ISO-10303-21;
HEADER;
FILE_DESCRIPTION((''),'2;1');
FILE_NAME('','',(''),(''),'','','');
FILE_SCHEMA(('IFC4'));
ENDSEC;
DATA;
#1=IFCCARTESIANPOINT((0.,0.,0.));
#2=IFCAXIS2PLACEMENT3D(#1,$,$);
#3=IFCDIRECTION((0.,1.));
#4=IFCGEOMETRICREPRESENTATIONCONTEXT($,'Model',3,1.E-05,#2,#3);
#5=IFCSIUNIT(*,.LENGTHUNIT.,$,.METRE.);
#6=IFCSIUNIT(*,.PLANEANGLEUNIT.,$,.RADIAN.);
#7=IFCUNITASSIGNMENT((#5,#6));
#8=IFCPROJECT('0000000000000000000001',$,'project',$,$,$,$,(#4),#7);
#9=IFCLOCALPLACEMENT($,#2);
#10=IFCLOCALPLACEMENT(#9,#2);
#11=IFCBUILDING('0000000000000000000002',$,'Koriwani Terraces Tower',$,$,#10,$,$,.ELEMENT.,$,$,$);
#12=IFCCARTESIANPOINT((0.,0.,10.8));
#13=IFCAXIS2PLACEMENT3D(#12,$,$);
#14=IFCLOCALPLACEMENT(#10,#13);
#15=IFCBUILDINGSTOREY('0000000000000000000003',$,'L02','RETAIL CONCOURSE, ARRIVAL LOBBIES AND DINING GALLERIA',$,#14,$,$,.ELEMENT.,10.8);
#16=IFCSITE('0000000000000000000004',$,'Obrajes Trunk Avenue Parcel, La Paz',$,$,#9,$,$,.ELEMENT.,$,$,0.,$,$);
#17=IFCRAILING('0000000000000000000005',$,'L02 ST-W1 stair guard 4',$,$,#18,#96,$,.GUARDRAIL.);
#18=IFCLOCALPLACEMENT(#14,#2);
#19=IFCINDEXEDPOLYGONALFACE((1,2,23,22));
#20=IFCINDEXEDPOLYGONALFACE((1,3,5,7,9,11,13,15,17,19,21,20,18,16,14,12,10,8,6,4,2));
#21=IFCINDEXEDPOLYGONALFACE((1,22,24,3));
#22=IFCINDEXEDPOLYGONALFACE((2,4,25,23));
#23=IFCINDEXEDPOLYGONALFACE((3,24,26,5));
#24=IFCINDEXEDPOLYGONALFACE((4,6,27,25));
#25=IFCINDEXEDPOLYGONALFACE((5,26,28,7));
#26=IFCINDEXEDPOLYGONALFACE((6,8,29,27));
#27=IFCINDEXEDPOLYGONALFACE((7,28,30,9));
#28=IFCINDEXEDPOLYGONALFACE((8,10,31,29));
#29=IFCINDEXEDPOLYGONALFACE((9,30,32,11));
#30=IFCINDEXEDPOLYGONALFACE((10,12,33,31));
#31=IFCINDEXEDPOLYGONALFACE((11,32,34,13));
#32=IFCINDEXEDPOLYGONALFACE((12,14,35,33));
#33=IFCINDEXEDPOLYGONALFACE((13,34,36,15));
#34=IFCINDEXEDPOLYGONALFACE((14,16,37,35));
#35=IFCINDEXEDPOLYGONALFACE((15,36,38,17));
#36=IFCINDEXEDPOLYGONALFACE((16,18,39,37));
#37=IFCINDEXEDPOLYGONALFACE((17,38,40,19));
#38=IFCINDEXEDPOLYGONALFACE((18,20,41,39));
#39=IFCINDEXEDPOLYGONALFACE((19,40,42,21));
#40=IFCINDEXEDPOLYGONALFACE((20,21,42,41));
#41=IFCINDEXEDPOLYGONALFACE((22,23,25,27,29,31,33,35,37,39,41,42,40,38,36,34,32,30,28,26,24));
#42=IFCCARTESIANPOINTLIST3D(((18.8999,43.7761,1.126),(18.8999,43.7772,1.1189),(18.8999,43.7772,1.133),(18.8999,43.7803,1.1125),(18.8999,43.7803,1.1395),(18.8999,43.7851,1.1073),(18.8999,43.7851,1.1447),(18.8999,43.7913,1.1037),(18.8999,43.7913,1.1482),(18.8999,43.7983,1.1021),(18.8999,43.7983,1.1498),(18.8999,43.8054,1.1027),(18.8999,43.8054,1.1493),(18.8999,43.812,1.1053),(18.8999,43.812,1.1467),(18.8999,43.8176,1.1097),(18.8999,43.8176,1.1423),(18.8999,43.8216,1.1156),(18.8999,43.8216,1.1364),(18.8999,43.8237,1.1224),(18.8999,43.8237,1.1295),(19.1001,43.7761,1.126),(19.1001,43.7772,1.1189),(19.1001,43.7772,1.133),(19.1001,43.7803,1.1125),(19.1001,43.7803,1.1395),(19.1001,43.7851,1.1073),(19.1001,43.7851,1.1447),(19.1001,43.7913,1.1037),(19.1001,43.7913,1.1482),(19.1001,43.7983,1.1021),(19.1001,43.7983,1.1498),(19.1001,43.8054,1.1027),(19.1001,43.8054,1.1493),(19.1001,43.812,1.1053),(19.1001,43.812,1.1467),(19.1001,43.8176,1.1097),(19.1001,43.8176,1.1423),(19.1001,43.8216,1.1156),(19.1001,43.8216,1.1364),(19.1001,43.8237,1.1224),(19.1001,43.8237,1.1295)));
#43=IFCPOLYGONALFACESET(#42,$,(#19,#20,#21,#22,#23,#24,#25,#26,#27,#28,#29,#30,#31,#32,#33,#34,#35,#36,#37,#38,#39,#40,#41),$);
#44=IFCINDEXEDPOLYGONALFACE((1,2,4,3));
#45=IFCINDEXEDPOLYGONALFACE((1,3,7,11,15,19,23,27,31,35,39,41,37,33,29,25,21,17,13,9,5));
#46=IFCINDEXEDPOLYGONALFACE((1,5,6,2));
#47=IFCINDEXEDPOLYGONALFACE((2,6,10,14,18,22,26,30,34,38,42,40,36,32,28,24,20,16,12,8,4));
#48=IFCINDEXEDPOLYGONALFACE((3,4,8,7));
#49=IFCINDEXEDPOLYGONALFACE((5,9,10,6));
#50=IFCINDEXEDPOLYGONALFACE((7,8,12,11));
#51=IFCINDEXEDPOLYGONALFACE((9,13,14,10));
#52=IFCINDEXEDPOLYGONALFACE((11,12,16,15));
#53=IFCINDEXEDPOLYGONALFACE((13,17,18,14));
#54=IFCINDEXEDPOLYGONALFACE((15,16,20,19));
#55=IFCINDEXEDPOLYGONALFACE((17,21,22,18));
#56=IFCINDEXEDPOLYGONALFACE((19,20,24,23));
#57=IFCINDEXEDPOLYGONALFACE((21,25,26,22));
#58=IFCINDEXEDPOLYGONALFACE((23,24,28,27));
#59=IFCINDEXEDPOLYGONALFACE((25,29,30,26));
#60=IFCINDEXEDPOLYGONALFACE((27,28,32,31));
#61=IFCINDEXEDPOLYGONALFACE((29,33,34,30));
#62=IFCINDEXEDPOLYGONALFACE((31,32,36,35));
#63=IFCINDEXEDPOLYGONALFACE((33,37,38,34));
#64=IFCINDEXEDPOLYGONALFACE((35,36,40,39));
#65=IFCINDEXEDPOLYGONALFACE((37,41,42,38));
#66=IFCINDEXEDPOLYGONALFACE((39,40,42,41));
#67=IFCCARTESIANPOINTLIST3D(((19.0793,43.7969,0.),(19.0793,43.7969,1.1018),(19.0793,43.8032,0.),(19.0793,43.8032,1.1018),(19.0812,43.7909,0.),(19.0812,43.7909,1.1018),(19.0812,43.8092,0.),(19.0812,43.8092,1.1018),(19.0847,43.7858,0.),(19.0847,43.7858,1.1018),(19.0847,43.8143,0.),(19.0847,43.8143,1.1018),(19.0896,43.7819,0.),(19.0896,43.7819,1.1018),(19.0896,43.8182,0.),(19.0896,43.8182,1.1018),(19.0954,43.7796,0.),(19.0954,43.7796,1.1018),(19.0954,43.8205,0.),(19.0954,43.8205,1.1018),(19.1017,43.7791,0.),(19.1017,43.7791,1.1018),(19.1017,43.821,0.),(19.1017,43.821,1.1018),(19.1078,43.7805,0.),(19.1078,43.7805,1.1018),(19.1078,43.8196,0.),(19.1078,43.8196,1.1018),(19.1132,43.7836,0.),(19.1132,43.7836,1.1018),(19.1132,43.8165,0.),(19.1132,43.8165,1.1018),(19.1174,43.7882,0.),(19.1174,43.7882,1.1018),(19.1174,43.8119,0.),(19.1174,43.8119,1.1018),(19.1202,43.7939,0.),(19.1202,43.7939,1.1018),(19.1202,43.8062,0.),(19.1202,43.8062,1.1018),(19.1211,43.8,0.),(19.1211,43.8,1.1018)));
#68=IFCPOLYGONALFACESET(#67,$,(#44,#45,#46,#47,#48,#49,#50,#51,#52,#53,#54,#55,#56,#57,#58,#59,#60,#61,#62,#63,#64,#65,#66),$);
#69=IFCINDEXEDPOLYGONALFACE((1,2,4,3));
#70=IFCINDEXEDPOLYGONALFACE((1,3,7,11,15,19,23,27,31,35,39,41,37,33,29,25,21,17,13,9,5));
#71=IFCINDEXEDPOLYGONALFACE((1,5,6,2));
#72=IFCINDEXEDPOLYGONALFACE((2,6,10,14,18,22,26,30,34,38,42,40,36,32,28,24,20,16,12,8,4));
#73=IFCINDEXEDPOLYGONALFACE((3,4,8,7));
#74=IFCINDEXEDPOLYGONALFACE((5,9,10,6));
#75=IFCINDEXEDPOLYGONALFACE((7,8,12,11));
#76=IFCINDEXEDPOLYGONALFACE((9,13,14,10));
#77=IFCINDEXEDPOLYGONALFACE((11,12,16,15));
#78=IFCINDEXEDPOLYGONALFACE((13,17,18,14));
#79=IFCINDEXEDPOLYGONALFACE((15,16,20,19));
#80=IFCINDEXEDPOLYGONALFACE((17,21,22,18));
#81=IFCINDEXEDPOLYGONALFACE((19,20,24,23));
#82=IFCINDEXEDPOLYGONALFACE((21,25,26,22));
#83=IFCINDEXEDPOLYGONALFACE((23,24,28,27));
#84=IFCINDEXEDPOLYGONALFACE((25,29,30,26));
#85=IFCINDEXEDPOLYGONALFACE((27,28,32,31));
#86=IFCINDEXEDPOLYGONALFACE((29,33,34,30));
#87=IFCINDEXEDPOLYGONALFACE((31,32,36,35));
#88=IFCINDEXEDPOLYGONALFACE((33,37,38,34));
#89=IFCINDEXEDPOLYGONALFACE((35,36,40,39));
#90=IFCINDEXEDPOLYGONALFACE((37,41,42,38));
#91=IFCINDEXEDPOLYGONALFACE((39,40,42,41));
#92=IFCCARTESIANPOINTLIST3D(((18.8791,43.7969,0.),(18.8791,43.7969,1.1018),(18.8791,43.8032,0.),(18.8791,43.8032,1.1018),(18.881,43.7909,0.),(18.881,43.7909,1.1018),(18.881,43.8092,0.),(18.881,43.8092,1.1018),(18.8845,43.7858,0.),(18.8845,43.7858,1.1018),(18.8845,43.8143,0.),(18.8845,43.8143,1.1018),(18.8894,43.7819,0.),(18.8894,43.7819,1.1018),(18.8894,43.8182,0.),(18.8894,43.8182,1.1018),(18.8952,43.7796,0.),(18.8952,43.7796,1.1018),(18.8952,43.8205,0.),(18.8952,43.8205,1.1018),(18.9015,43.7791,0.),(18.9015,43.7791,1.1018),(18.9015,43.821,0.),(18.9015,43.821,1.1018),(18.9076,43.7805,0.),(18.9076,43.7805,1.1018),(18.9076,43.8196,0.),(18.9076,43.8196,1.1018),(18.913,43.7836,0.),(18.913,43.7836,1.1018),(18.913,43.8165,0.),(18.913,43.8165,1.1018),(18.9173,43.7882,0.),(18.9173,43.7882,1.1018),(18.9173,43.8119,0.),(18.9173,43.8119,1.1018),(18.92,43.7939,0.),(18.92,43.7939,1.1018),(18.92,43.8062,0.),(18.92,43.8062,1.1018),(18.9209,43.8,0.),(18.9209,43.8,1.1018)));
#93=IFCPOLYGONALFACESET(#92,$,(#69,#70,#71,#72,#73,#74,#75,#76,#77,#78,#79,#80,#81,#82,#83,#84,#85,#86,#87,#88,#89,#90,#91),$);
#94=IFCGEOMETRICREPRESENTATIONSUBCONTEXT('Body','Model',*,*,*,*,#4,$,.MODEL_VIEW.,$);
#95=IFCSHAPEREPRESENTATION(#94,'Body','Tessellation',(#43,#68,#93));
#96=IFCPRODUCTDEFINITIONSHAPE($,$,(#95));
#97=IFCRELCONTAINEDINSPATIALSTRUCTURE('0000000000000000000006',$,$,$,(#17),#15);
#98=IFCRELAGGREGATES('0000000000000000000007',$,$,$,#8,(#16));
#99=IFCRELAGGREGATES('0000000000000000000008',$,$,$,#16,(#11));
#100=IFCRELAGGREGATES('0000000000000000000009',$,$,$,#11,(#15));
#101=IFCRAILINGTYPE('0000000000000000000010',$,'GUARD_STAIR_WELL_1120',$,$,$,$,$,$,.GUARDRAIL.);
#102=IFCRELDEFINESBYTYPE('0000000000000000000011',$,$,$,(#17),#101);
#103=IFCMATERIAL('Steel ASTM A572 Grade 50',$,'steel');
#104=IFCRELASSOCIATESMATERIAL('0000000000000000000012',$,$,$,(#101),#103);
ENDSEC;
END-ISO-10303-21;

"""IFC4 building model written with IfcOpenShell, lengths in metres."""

from ifc_helpers import new_model, si_unit, direction, frame, origin, origin_2d, place, context, subcontext, project, spatial, circle, extrude, material, type_object, element, save


model = new_model("IFC4")

# Units and contexts
model_context = context("Model", 3, precision=1e-05, world=origin(), true_north=direction((0.0, 1.0)))
body_context = subcontext(model_context, "Body", "Model", "MODEL_VIEW")
ifc_project = project(units=[si_unit("LENGTHUNIT", "METRE"), si_unit("PLANEANGLEUNIT", "RADIAN")], contexts=[model_context])

# Site, building, storey
site_placement = place(None, origin())
site = spatial("IfcSite", under=ifc_project, at=site_placement, Name="Obrajes Trunk Avenue Parcel, La Paz", CompositionType="ELEMENT", RefElevation=0.0)
building_placement = place(site_placement, origin())
building = spatial("IfcBuilding", under=site, at=building_placement, Name="Koriwani Terraces Tower", CompositionType="ELEMENT")
storey_placement = place(building_placement, frame((0.0, 0.0, 10.8)))
storey = spatial("IfcBuildingStorey", under=building, at=storey_placement, Name="L02", Description="RETAIL CONCOURSE, ARRIVAL LOBBIES AND DINING GALLERIA", CompositionType="ELEMENT", Elevation=10.8)

# Shared definitions
ifc_material_1 = material(Name="Steel ASTM A572 Grade 50", Category="steel")

# Railing
railing_type_1 = type_object("IfcRailingType", Name="GUARD_STAIR_WELL_1120", PredefinedType="GUARDRAIL", material=ifc_material_1)
railing_1_placement = place(storey_placement, frame((19.1001, 43.8, 0.0)))
element("IfcRailing", 1, at=railing_1_placement, inside=storey, type_object=railing_type_1, Name="L02 ST-W1 stair guard 4", PredefinedType="GUARDRAIL", context=body_context, shape_type="SweptSolid", body=[
    extrude(circle(Radius=0.0239, at=origin_2d()), frame((0.0, 0.0, 1.126), z_axis=(-1.0, 0.0, 0.0), x_axis=(0.0, -1.0, 0.0)), (0.0, 0.0, 1.0), 0.2002),
    extrude(circle(Radius=0.021, at=origin_2d()), origin(), (0.0, 0.0, 1.0), 1.1018),
    extrude(circle(Radius=0.021, at=origin_2d()), frame((-0.2002, 0.0, 0.0)), (0.0, 0.0, 1.0), 1.1018),
])

save(model, "model.ifc")
